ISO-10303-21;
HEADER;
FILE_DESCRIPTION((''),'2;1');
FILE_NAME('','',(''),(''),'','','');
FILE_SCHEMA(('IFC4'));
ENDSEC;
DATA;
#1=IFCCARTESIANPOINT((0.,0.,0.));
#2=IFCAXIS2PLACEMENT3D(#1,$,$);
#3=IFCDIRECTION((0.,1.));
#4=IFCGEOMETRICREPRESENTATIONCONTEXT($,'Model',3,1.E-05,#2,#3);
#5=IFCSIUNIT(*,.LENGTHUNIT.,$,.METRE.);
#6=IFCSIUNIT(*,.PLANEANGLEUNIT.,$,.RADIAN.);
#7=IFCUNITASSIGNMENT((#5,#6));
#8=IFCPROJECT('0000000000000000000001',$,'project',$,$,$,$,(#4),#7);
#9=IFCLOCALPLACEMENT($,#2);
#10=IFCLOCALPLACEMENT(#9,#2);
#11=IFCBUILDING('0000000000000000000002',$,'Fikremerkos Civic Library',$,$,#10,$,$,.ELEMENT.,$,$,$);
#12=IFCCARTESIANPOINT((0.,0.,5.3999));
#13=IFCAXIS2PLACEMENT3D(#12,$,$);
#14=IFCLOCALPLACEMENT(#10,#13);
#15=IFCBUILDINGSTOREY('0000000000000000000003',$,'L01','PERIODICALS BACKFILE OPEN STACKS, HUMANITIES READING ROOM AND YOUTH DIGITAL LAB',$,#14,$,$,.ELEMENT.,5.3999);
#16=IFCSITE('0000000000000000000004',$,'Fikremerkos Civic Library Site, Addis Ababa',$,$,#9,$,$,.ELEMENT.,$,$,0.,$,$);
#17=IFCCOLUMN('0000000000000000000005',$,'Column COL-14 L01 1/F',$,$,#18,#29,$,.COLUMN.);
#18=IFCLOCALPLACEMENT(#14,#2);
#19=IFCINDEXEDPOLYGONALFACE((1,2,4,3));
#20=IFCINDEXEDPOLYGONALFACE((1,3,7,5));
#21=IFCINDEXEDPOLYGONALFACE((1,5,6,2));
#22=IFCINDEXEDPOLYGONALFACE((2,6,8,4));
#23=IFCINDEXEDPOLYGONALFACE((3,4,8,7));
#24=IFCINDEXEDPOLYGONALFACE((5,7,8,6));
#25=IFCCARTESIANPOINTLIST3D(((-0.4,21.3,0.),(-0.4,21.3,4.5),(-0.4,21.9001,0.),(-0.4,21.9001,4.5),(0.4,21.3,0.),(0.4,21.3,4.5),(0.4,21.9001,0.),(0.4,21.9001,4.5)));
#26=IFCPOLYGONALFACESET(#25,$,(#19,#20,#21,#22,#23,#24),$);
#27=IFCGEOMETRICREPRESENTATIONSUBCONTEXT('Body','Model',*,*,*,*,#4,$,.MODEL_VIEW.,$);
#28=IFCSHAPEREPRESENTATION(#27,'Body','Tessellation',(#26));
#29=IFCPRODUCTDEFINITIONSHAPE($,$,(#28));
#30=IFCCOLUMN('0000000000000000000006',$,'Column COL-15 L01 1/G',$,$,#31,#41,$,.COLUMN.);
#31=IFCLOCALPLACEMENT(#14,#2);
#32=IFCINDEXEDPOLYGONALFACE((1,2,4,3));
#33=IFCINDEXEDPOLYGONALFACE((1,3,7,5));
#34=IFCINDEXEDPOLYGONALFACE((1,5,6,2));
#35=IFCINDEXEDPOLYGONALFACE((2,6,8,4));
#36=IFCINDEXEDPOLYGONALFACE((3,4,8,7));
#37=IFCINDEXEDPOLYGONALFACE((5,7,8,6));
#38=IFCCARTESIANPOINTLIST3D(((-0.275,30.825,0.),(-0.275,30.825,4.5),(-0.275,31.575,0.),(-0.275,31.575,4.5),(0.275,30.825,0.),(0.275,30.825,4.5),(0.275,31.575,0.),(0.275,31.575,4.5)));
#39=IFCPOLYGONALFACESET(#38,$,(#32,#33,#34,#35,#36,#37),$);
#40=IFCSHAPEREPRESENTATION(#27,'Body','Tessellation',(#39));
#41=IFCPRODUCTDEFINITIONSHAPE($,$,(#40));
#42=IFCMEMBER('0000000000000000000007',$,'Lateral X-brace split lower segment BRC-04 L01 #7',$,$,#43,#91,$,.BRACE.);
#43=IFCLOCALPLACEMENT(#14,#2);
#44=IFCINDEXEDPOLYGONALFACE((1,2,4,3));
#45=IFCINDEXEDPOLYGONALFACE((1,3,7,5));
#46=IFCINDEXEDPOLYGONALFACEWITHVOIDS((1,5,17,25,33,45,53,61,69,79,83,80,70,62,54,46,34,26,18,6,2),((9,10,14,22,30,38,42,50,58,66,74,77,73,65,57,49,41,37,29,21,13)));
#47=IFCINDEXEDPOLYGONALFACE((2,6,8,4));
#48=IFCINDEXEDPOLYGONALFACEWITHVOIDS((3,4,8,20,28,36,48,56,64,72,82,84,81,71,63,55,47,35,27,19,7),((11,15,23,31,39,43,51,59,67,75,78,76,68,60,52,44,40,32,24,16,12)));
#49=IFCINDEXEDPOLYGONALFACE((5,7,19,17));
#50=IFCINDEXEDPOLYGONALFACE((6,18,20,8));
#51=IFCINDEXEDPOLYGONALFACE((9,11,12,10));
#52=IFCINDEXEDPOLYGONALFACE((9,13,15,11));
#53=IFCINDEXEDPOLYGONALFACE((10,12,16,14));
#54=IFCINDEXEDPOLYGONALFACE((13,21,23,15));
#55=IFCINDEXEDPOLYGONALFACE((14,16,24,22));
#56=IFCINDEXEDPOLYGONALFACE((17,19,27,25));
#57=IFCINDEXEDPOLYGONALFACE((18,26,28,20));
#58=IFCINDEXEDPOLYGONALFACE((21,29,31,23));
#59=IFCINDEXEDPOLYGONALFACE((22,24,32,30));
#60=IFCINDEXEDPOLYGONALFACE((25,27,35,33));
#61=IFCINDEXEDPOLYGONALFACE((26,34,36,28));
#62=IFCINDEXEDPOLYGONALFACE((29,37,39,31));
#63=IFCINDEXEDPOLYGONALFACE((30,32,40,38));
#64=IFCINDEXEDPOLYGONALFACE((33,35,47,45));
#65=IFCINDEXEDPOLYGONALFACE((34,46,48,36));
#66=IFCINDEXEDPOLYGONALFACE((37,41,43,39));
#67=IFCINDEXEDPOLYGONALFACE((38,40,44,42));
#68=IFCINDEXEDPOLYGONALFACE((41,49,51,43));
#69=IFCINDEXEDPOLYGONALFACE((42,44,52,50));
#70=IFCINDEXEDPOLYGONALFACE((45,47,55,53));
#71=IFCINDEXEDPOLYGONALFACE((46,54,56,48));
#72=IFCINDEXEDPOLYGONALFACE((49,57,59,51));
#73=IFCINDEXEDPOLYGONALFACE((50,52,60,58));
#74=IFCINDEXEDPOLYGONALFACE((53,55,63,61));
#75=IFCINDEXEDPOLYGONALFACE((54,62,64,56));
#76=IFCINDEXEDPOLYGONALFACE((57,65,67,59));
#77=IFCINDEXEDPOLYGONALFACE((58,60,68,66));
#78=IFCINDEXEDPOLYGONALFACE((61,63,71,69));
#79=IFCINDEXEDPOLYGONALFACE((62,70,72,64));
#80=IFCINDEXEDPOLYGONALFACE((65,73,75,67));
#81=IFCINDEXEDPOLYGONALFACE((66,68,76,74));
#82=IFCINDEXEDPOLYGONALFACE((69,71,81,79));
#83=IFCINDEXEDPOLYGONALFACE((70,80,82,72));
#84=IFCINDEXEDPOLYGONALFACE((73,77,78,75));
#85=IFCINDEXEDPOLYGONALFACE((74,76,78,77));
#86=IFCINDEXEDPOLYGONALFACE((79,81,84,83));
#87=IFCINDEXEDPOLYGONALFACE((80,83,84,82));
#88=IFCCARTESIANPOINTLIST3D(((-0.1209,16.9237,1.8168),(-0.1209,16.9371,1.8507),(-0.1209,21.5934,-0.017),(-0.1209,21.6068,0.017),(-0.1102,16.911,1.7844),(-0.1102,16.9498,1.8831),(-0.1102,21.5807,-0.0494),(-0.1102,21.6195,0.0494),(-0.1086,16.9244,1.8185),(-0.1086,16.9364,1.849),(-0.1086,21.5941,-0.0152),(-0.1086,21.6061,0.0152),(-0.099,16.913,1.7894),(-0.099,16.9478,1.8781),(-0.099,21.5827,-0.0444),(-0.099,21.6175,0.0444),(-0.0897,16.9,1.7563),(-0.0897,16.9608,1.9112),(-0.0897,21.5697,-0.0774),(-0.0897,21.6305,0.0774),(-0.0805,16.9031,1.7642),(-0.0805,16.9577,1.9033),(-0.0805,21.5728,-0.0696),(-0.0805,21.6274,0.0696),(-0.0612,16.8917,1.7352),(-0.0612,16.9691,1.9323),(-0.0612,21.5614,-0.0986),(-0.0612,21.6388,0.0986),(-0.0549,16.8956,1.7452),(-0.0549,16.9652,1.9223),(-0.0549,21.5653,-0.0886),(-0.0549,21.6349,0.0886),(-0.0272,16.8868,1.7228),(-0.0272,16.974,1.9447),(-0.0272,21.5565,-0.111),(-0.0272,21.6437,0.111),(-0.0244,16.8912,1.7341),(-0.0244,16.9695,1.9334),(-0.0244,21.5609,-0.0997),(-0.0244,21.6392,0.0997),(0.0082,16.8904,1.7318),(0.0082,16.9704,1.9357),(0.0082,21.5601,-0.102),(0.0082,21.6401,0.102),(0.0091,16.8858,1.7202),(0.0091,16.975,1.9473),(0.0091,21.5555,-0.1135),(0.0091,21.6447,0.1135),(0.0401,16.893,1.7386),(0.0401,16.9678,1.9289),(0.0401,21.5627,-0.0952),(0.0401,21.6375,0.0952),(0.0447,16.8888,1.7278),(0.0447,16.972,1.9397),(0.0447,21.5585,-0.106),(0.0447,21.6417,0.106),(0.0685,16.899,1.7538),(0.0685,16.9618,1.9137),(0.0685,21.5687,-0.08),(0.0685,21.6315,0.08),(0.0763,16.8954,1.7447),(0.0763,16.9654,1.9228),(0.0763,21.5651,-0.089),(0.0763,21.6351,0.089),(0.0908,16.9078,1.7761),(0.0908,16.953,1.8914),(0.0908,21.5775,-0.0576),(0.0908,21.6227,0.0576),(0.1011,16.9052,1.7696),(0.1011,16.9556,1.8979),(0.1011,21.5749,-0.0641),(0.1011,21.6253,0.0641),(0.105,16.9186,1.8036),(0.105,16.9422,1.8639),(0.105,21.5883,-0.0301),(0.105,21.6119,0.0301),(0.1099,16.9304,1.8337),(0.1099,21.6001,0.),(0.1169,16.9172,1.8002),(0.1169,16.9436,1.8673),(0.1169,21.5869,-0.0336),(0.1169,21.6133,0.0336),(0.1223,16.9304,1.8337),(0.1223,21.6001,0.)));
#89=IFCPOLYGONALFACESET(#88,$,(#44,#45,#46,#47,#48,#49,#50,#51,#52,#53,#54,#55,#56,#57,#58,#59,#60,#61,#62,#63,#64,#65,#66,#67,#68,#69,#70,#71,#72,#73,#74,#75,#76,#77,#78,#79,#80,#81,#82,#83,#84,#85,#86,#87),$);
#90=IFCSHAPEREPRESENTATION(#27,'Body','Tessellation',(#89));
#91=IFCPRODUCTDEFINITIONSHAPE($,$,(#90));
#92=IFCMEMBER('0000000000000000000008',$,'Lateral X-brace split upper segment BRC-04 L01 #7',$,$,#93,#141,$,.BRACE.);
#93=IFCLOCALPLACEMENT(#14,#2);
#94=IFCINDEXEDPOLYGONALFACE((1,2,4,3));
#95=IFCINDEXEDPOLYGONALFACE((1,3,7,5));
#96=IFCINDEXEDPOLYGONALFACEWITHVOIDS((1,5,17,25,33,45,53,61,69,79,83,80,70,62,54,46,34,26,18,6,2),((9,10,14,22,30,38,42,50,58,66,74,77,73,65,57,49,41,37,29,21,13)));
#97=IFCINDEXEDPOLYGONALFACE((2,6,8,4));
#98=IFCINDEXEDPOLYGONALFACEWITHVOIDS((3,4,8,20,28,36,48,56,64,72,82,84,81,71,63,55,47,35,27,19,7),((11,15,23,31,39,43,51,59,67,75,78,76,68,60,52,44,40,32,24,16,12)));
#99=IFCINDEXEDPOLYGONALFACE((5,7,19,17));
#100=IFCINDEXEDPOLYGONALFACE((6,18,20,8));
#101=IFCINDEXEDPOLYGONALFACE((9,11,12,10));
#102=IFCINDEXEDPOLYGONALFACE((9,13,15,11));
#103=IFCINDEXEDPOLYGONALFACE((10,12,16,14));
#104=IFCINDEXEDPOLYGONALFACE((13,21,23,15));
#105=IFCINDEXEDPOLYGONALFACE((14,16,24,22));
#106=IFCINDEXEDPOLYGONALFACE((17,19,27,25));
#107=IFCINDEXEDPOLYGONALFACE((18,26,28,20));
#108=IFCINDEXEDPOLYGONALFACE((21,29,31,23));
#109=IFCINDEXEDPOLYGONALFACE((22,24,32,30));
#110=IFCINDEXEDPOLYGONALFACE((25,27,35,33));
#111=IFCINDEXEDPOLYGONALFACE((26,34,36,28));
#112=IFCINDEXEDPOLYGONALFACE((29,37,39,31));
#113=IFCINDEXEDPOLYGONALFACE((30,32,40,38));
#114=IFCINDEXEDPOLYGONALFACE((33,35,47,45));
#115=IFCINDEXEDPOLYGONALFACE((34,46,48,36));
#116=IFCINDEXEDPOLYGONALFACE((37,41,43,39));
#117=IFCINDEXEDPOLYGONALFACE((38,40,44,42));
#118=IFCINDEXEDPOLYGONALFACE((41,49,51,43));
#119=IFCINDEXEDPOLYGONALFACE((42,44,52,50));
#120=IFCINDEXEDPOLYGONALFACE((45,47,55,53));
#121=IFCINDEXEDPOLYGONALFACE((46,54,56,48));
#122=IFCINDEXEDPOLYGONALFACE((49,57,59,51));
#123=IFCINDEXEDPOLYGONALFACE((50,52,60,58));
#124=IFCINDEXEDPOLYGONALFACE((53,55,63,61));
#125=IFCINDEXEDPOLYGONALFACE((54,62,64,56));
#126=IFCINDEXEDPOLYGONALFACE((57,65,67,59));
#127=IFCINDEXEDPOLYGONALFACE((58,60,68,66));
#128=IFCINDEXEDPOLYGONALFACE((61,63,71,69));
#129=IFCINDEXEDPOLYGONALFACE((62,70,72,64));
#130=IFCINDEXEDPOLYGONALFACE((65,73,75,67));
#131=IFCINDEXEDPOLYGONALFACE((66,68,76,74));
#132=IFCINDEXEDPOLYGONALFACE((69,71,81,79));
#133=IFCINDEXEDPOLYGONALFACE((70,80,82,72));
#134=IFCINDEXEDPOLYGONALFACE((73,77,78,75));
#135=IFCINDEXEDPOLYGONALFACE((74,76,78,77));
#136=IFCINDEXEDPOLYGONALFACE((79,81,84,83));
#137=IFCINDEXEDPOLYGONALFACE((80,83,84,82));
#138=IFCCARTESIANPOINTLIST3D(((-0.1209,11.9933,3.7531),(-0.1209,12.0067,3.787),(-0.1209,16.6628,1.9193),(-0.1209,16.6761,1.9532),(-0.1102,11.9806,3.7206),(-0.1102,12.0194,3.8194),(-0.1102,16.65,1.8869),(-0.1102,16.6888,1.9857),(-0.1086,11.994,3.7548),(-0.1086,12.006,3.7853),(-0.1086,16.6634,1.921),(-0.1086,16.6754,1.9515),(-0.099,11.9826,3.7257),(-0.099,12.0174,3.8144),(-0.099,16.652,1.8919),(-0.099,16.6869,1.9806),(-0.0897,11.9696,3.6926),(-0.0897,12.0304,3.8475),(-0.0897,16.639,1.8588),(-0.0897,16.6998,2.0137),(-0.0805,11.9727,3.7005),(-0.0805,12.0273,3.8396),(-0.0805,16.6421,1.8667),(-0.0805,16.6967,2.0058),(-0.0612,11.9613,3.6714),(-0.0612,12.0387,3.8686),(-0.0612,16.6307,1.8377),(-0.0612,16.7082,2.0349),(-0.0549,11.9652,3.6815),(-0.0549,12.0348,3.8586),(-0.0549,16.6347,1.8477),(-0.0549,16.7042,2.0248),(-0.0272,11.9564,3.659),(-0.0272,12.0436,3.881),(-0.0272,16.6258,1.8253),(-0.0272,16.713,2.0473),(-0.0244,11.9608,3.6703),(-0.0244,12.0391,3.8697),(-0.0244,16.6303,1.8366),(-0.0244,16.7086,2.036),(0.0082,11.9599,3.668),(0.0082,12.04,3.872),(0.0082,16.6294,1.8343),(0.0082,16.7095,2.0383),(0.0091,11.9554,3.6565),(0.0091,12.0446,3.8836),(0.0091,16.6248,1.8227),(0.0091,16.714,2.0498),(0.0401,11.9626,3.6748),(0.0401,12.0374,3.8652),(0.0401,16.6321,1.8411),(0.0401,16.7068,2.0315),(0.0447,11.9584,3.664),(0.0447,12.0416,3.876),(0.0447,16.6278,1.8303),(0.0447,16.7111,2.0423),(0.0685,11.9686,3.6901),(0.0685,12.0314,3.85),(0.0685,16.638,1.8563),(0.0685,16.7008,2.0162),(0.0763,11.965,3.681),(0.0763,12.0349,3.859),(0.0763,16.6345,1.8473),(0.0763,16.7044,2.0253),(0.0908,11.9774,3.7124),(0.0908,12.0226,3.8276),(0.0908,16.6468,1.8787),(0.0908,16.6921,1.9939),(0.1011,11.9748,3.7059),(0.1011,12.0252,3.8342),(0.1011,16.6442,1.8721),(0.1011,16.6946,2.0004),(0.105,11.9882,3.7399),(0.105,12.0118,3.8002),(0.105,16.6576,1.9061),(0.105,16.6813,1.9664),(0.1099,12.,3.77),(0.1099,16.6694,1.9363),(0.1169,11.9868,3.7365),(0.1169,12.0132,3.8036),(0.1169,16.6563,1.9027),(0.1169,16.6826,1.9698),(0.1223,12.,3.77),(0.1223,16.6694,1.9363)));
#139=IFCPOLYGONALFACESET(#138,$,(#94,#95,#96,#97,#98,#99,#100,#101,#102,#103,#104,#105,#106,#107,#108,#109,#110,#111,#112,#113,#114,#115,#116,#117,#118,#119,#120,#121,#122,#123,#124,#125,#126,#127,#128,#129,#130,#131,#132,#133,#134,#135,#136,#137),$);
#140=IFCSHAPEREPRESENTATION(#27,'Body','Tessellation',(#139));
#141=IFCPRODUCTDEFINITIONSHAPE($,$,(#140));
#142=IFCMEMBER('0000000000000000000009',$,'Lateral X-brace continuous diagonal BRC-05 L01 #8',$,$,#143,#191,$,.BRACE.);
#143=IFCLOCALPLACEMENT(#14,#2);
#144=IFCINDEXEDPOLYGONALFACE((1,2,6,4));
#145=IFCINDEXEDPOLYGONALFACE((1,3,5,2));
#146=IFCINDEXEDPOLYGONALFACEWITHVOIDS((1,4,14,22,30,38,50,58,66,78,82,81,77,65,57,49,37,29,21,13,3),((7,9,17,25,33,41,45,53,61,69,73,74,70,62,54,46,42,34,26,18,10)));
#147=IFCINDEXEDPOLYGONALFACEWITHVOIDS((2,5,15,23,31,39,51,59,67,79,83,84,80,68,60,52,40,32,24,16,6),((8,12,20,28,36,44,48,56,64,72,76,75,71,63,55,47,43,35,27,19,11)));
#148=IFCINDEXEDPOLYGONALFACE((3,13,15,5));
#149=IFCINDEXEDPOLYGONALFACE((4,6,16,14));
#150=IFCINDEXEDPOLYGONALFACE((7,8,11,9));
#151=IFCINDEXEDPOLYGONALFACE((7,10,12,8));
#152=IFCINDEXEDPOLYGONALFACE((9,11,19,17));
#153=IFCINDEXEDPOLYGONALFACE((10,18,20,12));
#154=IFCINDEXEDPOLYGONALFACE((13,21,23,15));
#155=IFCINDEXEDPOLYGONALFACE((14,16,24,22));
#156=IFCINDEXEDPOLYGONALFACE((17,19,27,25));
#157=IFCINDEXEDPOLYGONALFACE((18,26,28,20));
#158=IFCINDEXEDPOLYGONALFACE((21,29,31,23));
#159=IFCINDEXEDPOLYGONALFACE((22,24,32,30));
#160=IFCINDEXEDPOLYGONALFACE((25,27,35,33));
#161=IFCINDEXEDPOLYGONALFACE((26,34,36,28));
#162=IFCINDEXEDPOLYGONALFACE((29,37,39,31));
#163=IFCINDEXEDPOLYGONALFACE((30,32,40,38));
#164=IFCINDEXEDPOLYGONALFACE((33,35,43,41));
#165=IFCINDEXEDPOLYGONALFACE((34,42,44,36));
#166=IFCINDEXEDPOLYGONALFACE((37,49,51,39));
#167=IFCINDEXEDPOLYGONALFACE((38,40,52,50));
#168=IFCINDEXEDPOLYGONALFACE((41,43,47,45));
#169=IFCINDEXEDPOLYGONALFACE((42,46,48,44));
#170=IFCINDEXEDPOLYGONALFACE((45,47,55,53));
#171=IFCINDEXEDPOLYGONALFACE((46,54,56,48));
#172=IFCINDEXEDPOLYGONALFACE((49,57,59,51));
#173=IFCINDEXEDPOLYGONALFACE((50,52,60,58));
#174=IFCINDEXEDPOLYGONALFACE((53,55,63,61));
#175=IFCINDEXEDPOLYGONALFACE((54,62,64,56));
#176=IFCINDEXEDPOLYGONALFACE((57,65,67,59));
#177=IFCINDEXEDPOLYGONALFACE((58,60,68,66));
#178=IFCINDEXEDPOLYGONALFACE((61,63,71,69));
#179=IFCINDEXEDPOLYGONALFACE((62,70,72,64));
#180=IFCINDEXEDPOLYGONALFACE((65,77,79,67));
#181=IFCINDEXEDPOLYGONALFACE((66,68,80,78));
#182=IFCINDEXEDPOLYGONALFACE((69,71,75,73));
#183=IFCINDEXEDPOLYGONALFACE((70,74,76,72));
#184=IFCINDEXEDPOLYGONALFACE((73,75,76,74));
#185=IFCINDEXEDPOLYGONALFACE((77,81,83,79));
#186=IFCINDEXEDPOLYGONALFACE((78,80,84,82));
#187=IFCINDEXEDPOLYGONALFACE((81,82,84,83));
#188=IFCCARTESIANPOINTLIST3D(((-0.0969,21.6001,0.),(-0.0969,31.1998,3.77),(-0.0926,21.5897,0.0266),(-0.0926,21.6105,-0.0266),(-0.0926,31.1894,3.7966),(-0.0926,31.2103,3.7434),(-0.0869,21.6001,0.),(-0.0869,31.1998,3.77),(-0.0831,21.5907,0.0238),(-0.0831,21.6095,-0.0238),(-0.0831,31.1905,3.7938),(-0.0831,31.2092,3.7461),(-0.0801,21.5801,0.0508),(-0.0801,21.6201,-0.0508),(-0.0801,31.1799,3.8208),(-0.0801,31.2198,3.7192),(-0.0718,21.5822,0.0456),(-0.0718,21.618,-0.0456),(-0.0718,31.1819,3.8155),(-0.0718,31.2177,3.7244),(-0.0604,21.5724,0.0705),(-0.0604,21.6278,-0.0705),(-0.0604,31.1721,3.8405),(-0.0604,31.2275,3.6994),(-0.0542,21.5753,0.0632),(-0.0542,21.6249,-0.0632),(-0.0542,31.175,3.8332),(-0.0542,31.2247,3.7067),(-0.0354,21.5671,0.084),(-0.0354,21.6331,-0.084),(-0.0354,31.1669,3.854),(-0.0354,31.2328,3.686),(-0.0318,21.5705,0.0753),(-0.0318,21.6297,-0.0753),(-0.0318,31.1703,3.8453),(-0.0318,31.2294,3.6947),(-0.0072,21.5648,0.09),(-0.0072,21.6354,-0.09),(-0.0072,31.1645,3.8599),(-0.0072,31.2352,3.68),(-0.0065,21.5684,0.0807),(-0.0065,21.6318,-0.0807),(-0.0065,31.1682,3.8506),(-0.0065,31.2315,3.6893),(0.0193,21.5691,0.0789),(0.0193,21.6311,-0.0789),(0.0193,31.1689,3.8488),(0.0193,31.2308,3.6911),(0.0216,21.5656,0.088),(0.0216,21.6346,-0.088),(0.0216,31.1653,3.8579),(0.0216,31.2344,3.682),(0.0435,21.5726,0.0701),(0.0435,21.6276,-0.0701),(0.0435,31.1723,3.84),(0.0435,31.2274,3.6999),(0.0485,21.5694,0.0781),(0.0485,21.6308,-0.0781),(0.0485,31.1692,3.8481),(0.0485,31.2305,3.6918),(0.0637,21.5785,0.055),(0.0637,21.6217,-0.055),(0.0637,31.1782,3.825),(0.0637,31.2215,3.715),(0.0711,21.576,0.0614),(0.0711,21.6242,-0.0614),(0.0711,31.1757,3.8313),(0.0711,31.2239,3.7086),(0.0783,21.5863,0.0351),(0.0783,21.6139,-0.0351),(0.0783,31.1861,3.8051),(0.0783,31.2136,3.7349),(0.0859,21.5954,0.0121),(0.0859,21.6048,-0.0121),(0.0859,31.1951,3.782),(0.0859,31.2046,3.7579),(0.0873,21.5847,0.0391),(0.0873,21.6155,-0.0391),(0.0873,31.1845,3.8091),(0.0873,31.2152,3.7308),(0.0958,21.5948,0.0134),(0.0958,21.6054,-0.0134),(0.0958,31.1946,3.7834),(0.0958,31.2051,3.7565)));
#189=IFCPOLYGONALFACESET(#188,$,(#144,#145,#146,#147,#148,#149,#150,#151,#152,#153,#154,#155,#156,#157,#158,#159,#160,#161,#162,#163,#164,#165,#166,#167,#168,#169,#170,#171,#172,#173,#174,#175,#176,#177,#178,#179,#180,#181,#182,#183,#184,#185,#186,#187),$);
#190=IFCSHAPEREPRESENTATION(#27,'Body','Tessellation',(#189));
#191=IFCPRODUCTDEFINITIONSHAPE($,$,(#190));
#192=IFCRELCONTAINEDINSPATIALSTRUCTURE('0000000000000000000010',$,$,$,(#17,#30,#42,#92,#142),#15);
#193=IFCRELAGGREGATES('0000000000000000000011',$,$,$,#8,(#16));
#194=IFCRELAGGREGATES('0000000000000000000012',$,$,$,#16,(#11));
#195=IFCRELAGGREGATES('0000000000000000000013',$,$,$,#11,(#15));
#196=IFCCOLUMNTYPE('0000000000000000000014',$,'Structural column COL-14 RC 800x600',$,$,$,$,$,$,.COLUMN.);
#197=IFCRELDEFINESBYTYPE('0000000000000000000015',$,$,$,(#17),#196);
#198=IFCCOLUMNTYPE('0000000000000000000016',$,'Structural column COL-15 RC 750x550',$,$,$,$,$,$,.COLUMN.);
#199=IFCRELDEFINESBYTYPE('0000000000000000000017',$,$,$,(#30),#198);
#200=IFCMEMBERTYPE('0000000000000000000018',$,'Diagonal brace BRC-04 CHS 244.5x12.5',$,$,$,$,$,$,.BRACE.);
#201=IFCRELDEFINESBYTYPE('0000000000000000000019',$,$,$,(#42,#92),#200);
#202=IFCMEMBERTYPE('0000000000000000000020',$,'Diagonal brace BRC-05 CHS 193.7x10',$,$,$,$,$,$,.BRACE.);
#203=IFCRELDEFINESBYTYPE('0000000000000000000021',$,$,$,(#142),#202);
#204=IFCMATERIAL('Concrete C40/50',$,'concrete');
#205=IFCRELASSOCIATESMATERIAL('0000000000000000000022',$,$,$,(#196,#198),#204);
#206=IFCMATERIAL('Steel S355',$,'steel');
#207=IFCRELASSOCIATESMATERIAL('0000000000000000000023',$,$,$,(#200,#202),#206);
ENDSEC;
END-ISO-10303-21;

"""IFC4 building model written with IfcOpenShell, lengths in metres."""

from ifc_helpers import new_model, si_unit, direction, frame, origin, origin_2d, place, context, subcontext, project, spatial, rectangle, hollow_circle, extrude, material, material_profile, profile_set, type_object, element, save


model = new_model("IFC4")

# Units and contexts
model_context = context("Model", 3, precision=1e-05, world=origin(), true_north=direction((0.0, 1.0)))
body_context = subcontext(model_context, "Body", "Model", "MODEL_VIEW")
ifc_project = project(units=[si_unit("LENGTHUNIT", "METRE"), si_unit("PLANEANGLEUNIT", "RADIAN")], contexts=[model_context])

# Site, building, storey
site_placement = place(None, origin())
site = spatial("IfcSite", under=ifc_project, at=site_placement, Name="Fikremerkos Civic Library Site, Addis Ababa", CompositionType="ELEMENT", RefElevation=0.0)
building_placement = place(site_placement, origin())
building = spatial("IfcBuilding", under=site, at=building_placement, Name="Fikremerkos Civic Library", CompositionType="ELEMENT")
storey_placement = place(building_placement, frame((0.0, 0.0, 5.3999)))
storey = spatial("IfcBuildingStorey", under=building, at=storey_placement, Name="L01", Description="PERIODICALS BACKFILE OPEN STACKS, HUMANITIES READING ROOM AND YOUTH DIGITAL LAB", CompositionType="ELEMENT", Elevation=5.3999)

# Columns
ifc_material_1 = material(Name="Concrete C40/50", Category="concrete")
ifc_material_profile_1 = material_profile(ifc_material_1, rectangle(XDim=0.8, YDim=0.6001, at=origin_2d()), Name="RC 800x600")
ifc_profile_set_1 = profile_set([ifc_material_profile_1], Name="Concrete C40/50")
column_type_1 = type_object("IfcColumnType", Name="Structural column COL-14 RC 800x600", PredefinedType="COLUMN", material=ifc_profile_set_1)
column_1_placement = place(storey_placement, frame((0.0, 21.6001, 0.0), z_axis=(0.0, 0.0, 1.0), x_axis=(1.0, 0.0, 0.0)))
element("IfcColumn", 1, at=column_1_placement, inside=storey, type_object=column_type_1, Name="Column COL-14 L01 1/F", PredefinedType="COLUMN", context=body_context, shape_type="SweptSolid", body=[
    extrude(rectangle(XDim=0.8, YDim=0.6001, at=origin_2d()), origin(), (0.0, 0.0, 1.0), 4.5),
])
ifc_material_profile_2 = material_profile(ifc_material_1, rectangle(XDim=0.75, YDim=0.55, at=origin_2d()), Name="RC 750x550")
ifc_profile_set_2 = profile_set([ifc_material_profile_2], Name="Concrete C40/50")
column_type_2 = type_object("IfcColumnType", Name="Structural column COL-15 RC 750x550", PredefinedType="COLUMN", material=ifc_profile_set_2)
column_2_placement = place(storey_placement, frame((0.0, 31.2, 0.0), z_axis=(0.0, 0.0, 1.0), x_axis=(0.0, 1.0, 0.0)))
element("IfcColumn", 2, at=column_2_placement, inside=storey, type_object=column_type_2, Name="Column COL-15 L01 1/G", PredefinedType="COLUMN", context=body_context, shape_type="SweptSolid", body=[
    extrude(rectangle(XDim=0.75, YDim=0.55, at=origin_2d()), origin(), (0.0, 0.0, 1.0), 4.5),
])

# Members
ifc_material_2 = material(Name="Steel S355", Category="steel")
ifc_material_profile_3 = material_profile(ifc_material_2, hollow_circle(Radius=0.1223, WallThickness=0.0125, at=origin_2d()), Name="CHS 244.5x12.5")
ifc_profile_set_3 = profile_set([ifc_material_profile_3], Name="Steel S355")
member_type_1 = type_object("IfcMemberType", Name="Diagonal brace BRC-04 CHS 244.5x12.5", PredefinedType="BRACE", material=ifc_profile_set_3)
member_1_placement = place(storey_placement, frame((0.0, 21.6001, 0.0), z_axis=(0.0, -0.930804, 0.365518), x_axis=(1.0, 0.0, 0.0)))
element("IfcMember", 3, at=member_1_placement, inside=storey, type_object=member_type_1, Name="Lateral X-brace split lower segment BRC-04 L01 #7", PredefinedType="BRACE", context=body_context, shape_type="SweptSolid", body=[
    extrude(hollow_circle(Radius=0.1223, WallThickness=0.0125, at=origin_2d()), origin(), (0.0, 0.0, 1.0), 5.0168),
])
member_2_placement = place(storey_placement, frame((0.0, 16.6694, 1.9363), z_axis=(0.0, -0.930798, 0.365535), x_axis=(1.0, 0.0, 0.0)))
element("IfcMember", 4, at=member_2_placement, inside=storey, type_object=member_type_1, Name="Lateral X-brace split upper segment BRC-04 L01 #7", PredefinedType="BRACE", context=body_context, shape_type="SweptSolid", body=[
    extrude(hollow_circle(Radius=0.1223, WallThickness=0.0125, at=origin_2d()), origin(), (0.0, 0.0, 1.0), 5.0166),
])
ifc_material_profile_4 = material_profile(ifc_material_2, hollow_circle(Radius=0.0969, WallThickness=0.01, at=origin_2d()), Name="CHS 193.7x10")
ifc_profile_set_4 = profile_set([ifc_material_profile_4], Name="Steel S355")
member_type_2 = type_object("IfcMemberType", Name="Diagonal brace BRC-05 CHS 193.7x10", PredefinedType="BRACE", material=ifc_profile_set_4)
member_3_placement = place(storey_placement, frame((0.0, 21.6001, 0.0), z_axis=(0.0, 0.930796, 0.365539), x_axis=(-1.0, 0.0, 0.0)))
element("IfcMember", 5, at=member_3_placement, inside=storey, type_object=member_type_2, Name="Lateral X-brace continuous diagonal BRC-05 L01 #8", PredefinedType="BRACE", context=body_context, shape_type="SweptSolid", body=[
    extrude(hollow_circle(Radius=0.0969, WallThickness=0.01, at=origin_2d()), origin(), (0.0, 0.0, 1.0), 10.3135),
])

save(model, "model.ifc")
